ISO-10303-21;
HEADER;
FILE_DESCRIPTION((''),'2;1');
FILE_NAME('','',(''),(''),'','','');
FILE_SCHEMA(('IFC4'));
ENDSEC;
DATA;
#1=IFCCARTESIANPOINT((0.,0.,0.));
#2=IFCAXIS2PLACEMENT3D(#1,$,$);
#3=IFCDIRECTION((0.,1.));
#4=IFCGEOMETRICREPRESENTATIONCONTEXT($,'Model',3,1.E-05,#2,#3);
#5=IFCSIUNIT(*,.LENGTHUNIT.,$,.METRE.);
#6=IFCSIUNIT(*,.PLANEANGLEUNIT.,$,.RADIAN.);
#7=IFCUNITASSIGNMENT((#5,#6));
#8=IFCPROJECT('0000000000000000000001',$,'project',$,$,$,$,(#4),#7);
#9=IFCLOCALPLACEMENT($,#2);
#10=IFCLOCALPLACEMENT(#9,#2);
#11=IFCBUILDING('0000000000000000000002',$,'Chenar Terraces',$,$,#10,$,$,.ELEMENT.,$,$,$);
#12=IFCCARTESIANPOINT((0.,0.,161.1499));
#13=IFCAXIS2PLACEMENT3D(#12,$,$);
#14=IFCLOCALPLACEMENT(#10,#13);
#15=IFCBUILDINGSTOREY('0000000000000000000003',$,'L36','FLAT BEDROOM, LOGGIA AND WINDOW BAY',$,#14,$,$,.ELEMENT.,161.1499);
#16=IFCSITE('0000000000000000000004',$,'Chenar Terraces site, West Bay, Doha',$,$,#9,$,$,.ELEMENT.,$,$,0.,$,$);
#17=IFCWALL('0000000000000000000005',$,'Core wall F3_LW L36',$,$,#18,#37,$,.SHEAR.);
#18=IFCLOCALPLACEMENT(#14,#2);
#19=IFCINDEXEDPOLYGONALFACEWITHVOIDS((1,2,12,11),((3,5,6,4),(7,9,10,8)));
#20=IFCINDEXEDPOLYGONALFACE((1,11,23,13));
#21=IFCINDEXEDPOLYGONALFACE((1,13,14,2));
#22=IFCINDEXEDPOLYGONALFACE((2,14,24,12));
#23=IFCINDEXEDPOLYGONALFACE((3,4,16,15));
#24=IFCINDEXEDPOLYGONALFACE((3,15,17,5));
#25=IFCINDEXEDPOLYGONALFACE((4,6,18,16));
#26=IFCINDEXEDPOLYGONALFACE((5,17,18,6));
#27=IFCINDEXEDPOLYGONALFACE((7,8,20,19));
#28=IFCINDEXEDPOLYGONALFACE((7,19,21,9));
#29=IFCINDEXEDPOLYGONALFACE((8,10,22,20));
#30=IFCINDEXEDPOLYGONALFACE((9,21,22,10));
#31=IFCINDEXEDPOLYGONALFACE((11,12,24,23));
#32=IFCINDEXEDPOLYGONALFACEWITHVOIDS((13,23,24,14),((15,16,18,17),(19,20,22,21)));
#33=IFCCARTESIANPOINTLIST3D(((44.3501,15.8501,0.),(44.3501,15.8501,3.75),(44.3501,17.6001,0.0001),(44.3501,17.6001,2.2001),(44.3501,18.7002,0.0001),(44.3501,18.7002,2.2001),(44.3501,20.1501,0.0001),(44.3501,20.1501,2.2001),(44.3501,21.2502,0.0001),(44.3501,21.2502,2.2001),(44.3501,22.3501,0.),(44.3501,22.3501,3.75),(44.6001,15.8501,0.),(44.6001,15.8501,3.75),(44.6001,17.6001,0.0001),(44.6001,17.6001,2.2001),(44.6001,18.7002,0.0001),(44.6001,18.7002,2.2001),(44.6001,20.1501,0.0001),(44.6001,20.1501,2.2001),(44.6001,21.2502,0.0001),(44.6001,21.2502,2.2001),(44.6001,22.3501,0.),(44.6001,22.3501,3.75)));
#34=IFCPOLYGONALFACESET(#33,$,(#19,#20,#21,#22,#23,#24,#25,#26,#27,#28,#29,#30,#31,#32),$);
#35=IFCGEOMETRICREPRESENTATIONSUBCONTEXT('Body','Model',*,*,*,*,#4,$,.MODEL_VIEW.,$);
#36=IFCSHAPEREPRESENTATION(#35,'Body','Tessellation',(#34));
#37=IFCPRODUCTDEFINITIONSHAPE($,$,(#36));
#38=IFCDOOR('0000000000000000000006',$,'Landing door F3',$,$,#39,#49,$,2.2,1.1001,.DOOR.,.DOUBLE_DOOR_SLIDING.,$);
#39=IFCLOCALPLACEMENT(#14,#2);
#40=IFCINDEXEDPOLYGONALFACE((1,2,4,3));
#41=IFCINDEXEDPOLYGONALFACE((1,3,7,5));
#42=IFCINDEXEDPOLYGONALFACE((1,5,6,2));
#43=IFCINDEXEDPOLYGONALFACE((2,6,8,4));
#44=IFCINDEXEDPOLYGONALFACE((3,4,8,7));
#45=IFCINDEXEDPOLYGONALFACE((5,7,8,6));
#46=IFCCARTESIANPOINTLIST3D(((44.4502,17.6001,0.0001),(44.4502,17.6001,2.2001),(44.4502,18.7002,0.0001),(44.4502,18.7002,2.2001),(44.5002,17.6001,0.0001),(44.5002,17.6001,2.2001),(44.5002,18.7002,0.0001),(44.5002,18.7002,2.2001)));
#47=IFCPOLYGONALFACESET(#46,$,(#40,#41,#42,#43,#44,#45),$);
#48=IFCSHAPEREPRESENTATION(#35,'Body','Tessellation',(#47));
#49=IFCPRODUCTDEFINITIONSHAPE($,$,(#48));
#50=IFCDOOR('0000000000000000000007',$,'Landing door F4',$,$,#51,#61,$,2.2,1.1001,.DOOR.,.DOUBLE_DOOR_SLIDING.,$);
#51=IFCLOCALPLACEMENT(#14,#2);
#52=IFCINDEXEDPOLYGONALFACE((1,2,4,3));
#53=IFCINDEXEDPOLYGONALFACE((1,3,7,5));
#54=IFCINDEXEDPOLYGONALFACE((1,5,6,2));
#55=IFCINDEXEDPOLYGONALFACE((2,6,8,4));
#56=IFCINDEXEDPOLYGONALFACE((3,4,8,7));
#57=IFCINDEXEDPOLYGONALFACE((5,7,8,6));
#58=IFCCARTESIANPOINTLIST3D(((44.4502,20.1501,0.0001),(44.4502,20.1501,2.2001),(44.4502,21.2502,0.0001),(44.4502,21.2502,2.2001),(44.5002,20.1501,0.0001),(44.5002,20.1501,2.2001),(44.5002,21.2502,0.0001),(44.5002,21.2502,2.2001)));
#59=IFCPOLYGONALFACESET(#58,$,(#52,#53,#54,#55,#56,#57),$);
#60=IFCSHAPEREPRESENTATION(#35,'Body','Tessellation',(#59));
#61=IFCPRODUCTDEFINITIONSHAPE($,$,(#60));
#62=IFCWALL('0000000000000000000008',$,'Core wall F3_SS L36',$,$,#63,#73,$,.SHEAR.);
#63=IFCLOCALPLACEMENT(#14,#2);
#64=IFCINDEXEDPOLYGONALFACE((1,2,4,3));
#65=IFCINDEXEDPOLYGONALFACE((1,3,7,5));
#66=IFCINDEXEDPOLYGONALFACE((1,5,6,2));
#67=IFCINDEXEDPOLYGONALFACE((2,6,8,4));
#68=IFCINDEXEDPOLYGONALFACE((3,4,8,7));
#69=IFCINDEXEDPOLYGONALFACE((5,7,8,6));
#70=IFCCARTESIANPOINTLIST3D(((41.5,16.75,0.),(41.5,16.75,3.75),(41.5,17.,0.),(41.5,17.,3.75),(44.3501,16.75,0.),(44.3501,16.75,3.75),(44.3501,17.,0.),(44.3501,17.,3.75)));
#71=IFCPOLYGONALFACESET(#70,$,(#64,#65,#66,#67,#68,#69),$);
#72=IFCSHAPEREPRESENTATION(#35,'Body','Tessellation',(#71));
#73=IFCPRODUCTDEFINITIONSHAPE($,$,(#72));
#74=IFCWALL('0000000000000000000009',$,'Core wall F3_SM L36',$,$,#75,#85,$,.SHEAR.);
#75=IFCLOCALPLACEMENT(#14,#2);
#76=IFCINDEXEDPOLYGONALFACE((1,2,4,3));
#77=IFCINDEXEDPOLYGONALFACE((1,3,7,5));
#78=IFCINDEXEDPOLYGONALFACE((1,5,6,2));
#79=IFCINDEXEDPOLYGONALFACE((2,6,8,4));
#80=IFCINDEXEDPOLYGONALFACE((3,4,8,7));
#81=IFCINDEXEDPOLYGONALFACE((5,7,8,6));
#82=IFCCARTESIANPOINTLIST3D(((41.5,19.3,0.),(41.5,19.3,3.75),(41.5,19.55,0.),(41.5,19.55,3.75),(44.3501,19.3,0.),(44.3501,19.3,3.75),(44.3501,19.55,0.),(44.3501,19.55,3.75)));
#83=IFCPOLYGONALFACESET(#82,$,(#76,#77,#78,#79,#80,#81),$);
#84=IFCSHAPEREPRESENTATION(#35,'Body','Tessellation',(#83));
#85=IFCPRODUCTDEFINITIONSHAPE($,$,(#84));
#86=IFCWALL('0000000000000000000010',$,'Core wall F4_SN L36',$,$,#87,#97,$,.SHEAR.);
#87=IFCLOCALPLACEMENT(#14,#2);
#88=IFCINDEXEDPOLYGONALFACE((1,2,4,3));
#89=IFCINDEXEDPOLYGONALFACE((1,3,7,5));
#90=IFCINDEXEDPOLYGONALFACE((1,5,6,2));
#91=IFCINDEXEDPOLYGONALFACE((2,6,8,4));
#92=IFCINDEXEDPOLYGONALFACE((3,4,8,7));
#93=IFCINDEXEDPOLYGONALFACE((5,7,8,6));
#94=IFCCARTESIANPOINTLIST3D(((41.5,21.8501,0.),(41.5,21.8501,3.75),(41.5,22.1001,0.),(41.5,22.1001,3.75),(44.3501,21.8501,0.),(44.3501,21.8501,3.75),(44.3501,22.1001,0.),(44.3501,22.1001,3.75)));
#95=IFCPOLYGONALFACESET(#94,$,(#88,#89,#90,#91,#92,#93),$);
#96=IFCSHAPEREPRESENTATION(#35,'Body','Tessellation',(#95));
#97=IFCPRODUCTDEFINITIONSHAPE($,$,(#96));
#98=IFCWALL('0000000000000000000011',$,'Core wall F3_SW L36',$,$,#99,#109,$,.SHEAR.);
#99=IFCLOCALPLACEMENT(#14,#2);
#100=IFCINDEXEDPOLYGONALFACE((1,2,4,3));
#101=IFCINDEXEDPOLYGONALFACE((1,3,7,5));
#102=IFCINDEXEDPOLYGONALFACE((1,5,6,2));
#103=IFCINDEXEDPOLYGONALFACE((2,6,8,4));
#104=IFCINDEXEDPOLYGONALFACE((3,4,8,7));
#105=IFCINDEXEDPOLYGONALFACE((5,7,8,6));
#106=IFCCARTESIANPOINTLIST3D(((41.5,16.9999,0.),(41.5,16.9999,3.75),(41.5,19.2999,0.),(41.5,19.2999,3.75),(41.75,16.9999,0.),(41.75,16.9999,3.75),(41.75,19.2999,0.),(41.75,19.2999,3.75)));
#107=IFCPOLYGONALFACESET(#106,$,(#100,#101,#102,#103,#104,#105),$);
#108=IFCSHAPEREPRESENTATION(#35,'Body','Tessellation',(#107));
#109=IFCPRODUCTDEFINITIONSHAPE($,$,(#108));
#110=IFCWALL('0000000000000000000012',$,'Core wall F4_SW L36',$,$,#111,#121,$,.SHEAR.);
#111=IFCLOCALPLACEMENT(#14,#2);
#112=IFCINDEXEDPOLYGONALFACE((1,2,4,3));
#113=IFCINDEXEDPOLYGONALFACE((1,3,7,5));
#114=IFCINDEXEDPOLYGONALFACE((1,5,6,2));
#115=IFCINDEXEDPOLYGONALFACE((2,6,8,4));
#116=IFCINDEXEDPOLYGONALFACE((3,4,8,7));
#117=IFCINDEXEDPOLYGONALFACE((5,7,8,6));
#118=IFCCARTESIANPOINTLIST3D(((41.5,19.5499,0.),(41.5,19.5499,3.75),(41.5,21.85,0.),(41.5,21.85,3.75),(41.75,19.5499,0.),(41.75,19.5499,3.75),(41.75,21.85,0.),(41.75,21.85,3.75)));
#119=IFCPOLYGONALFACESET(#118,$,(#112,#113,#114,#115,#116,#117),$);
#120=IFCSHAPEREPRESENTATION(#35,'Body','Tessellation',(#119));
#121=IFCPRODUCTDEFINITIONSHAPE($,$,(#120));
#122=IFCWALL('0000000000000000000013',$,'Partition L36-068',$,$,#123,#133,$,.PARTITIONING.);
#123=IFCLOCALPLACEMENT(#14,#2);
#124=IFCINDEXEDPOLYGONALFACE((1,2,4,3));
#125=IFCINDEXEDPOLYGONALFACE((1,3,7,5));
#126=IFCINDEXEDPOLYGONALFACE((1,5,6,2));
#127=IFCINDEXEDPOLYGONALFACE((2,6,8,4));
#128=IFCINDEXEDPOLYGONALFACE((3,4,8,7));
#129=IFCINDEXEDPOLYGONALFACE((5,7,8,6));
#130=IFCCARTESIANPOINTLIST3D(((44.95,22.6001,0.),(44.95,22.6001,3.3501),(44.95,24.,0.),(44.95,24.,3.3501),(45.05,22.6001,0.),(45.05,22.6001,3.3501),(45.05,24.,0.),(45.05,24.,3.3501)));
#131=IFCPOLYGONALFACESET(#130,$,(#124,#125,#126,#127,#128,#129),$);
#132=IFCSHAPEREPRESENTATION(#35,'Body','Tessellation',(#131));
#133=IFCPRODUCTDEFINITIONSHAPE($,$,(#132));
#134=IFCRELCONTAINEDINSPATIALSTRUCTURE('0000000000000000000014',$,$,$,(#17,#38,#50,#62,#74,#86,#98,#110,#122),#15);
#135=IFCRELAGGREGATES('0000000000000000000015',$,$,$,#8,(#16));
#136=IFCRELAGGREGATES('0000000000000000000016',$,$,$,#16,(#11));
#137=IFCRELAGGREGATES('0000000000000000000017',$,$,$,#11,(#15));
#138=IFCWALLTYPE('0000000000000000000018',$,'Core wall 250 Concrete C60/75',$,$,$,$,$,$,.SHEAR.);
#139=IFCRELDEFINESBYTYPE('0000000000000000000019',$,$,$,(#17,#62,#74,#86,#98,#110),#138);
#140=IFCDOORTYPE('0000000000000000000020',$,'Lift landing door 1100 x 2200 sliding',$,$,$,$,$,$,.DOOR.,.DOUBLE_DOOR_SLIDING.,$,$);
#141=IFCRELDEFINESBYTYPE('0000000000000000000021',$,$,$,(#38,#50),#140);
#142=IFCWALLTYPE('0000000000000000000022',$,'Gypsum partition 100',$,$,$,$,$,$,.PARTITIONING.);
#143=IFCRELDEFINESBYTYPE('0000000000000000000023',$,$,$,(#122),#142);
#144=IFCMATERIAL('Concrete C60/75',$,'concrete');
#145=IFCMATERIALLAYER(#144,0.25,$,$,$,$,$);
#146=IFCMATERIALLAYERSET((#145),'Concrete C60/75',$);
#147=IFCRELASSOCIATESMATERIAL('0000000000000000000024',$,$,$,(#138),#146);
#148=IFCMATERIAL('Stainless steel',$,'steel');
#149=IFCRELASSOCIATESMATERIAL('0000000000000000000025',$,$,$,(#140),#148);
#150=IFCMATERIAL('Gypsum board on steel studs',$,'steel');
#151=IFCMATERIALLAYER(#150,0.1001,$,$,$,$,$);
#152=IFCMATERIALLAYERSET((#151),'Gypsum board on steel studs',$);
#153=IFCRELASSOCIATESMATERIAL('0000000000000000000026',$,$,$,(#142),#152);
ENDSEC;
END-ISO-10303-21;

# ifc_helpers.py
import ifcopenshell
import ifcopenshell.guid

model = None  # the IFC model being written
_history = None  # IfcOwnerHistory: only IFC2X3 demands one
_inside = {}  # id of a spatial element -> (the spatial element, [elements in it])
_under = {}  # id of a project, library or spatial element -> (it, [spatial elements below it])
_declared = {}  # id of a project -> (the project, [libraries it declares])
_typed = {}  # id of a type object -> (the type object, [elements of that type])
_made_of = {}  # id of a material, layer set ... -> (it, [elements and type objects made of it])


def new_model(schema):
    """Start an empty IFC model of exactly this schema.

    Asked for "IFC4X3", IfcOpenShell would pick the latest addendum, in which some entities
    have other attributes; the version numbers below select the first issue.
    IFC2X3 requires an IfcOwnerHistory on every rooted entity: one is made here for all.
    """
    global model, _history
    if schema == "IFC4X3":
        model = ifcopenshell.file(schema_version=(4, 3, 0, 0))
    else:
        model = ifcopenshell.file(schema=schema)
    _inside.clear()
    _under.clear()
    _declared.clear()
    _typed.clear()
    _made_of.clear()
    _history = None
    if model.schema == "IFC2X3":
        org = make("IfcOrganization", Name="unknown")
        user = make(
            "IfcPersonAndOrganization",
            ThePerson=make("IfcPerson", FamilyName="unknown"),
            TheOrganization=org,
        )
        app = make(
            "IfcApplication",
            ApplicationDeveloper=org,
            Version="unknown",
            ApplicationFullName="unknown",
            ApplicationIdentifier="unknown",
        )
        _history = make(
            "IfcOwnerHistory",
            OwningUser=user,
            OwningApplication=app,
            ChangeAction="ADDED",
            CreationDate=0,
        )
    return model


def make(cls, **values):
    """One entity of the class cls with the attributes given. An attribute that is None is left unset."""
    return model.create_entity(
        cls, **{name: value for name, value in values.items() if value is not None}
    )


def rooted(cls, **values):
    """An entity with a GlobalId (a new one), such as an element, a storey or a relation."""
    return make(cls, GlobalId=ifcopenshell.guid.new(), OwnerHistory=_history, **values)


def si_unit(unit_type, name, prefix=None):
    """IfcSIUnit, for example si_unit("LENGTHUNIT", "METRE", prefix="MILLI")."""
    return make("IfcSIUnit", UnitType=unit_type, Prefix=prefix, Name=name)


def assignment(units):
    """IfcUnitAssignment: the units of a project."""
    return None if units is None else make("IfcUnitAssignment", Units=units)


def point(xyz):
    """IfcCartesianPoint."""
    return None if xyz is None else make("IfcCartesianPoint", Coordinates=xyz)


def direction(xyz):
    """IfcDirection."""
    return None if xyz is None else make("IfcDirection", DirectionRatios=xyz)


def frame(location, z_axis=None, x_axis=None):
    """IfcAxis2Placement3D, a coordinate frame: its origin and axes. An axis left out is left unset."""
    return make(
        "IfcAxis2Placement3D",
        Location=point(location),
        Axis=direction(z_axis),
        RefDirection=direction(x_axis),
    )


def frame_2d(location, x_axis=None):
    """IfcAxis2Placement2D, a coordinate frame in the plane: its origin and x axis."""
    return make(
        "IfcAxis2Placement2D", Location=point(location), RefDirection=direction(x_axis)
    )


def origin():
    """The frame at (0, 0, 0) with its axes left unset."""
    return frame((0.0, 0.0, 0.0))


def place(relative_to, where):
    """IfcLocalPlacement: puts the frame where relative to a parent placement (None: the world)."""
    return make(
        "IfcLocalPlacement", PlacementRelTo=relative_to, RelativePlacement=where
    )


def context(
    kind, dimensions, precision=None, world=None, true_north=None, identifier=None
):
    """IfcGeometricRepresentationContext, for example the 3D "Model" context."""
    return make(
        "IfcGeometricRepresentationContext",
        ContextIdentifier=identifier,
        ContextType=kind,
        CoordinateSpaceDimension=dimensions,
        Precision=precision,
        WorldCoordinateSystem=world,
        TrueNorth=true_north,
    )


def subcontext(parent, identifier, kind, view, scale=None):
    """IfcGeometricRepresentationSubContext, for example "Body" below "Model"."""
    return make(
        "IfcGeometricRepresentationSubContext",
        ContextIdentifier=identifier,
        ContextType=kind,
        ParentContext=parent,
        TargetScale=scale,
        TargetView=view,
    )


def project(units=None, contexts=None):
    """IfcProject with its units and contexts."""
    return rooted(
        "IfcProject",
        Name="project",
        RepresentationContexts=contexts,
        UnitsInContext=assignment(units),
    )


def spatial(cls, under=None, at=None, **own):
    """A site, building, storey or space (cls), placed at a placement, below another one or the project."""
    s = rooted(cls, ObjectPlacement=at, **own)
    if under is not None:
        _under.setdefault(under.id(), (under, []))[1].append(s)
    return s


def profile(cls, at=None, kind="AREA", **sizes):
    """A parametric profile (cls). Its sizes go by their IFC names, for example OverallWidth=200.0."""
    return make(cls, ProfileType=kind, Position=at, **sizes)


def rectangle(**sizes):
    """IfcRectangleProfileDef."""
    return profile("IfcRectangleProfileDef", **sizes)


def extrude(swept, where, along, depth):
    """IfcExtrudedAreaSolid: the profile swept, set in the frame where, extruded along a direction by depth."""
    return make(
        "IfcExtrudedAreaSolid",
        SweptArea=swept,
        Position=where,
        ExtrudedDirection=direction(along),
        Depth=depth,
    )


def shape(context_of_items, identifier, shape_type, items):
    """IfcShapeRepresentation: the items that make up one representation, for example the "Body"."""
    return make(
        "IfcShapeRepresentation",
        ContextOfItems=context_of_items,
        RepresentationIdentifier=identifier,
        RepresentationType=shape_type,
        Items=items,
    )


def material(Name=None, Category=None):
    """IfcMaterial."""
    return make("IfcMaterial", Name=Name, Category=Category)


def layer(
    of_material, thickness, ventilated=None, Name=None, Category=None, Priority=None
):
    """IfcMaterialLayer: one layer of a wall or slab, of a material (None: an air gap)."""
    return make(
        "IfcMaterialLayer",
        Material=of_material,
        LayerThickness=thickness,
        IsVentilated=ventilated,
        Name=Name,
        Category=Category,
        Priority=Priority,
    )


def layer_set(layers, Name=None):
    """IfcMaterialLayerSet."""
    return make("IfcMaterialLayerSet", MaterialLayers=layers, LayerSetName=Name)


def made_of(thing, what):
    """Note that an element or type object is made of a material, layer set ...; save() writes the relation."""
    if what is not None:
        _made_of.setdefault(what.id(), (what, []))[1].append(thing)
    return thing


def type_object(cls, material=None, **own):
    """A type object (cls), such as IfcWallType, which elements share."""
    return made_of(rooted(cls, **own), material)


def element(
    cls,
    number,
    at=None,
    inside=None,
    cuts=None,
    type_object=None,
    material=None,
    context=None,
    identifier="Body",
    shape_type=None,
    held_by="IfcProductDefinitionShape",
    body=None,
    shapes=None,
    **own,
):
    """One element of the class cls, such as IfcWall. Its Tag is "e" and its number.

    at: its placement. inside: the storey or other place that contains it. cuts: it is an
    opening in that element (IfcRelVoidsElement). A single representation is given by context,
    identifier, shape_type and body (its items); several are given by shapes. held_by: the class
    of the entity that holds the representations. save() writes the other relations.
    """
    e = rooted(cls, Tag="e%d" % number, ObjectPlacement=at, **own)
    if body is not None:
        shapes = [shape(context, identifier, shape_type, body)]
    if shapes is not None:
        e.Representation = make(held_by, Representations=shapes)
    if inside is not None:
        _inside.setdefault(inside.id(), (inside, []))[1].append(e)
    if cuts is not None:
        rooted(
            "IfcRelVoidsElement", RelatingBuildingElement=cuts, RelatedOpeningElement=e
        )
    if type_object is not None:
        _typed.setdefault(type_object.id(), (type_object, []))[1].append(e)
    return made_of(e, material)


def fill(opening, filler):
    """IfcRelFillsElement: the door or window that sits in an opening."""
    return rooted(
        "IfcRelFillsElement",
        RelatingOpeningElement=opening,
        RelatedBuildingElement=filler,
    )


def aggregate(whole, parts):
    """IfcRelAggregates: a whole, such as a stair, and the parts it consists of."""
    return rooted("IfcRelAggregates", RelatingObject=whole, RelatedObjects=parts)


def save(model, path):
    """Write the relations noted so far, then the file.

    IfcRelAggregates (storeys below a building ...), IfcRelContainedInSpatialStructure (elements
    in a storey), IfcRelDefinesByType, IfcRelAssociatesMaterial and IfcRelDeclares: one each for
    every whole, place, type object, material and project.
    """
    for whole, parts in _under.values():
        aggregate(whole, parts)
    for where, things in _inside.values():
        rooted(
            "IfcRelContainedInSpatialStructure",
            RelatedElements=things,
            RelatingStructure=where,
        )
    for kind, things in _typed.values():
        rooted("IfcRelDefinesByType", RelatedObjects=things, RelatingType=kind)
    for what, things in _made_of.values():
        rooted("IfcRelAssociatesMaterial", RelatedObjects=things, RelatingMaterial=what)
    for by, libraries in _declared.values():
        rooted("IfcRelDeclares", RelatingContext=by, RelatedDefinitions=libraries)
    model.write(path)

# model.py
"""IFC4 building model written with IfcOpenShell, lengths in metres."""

from ifc_helpers import new_model, si_unit, direction, frame, frame_2d, origin, place, context, subcontext, project, spatial, rectangle, extrude, material, layer, layer_set, type_object, element, fill, save


model = new_model("IFC4")

# Units and contexts
model_context = context("Model", 3, precision=1e-05, world=origin(), true_north=direction((0.0, 1.0)))
body_context = subcontext(model_context, "Body", "Model", "MODEL_VIEW")
ifc_project = project(units=[si_unit("LENGTHUNIT", "METRE"), si_unit("PLANEANGLEUNIT", "RADIAN")], contexts=[model_context])

# Site, building, storey
site_placement = place(None, origin())
site = spatial("IfcSite", under=ifc_project, at=site_placement, Name="Chenar Terraces site, West Bay, Doha", CompositionType="ELEMENT", RefElevation=0.0)
building_placement = place(site_placement, origin())
building = spatial("IfcBuilding", under=site, at=building_placement, Name="Chenar Terraces", CompositionType="ELEMENT")
storey_placement = place(building_placement, frame((0.0, 0.0, 161.1499)))
storey = spatial("IfcBuildingStorey", under=building, at=storey_placement, Name="L36", Description="FLAT BEDROOM, LOGGIA AND WINDOW BAY", CompositionType="ELEMENT", Elevation=161.1499)

# Shared definitions
ifc_material_1 = material(Name="Concrete C60/75", Category="concrete")
ifc_layer_1 = layer(ifc_material_1, 0.25)
ifc_layer_set_1 = layer_set([ifc_layer_1], Name="Concrete C60/75")
wall_type_1 = type_object("IfcWallType", Name="Core wall 250 Concrete C60/75", PredefinedType="SHEAR", material=ifc_layer_set_1)

# Wall, openings, doors
wall_1_placement = place(storey_placement, frame((44.4751, 15.8501, 0.0), z_axis=(0.0, 0.0, 1.0), x_axis=(0.0, 1.0, 0.0)))
wall_1 = element("IfcWall", 1, at=wall_1_placement, inside=storey, type_object=wall_type_1, Name="Core wall F3_LW L36", PredefinedType="SHEAR", context=body_context, shape_type="SweptSolid", body=[
    extrude(rectangle(XDim=6.5, YDim=0.25, at=frame_2d((3.25, 0.0))), origin(), (0.0, 0.0, 1.0), 3.75),
])
opening_1_placement = place(wall_1_placement, frame((1.75, 0.0, 0.0)))
opening_1 = element("IfcOpeningElement", 2, at=opening_1_placement, cuts=wall_1, PredefinedType="OPENING", context=body_context, shape_type="SweptSolid", body=[
    extrude(rectangle(XDim=1.1001, YDim=2.2, at=frame_2d((0.55, 1.1001))), frame((0.0, 0.135, 0.0), z_axis=(0.0, -1.0, 0.0), x_axis=(1.0, 0.0, 0.0)), (0.0, 0.0, 1.0), 0.27),
])
opening_2_placement = place(wall_1_placement, frame((4.3, 0.0, 0.0)))
opening_2 = element("IfcOpeningElement", 3, at=opening_2_placement, cuts=wall_1, PredefinedType="OPENING", context=body_context, shape_type="SweptSolid", body=[
    extrude(rectangle(XDim=1.1001, YDim=2.2, at=frame_2d((0.55, 1.1001))), frame((0.0, 0.135, 0.0), z_axis=(0.0, -1.0, 0.0), x_axis=(1.0, 0.0, 0.0)), (0.0, 0.0, 1.0), 0.27),
])
ifc_material_2 = material(Name="Stainless steel", Category="steel")
door_type_1 = type_object("IfcDoorType", Name="Lift landing door 1100 x 2200 sliding", OperationType="DOUBLE_DOOR_SLIDING", PredefinedType="DOOR", material=ifc_material_2)
door_1_placement = place(opening_1_placement, origin())
door_1 = element("IfcDoor", 4, at=door_1_placement, inside=storey, type_object=door_type_1, Name="Landing door F3", OperationType="DOUBLE_DOOR_SLIDING", OverallHeight=2.2, OverallWidth=1.1001, PredefinedType="DOOR", context=body_context, shape_type="SweptSolid", body=[
    extrude(rectangle(XDim=1.1001, YDim=2.2, at=frame_2d((0.55, 1.1001))), frame((0.0, 0.0249, 0.0), z_axis=(0.0, -1.0, 0.0), x_axis=(1.0, 0.0, 0.0)), (0.0, 0.0, 1.0), 0.05),
])
fill(opening_1, door_1)
door_2_placement = place(opening_2_placement, origin())
door_2 = element("IfcDoor", 5, at=door_2_placement, inside=storey, type_object=door_type_1, Name="Landing door F4", OperationType="DOUBLE_DOOR_SLIDING", OverallHeight=2.2, OverallWidth=1.1001, PredefinedType="DOOR", context=body_context, shape_type="SweptSolid", body=[
    extrude(rectangle(XDim=1.1001, YDim=2.2, at=frame_2d((0.55, 1.1001))), frame((0.0, 0.0249, 0.0), z_axis=(0.0, -1.0, 0.0), x_axis=(1.0, 0.0, 0.0)), (0.0, 0.0, 1.0), 0.05),
])
fill(opening_2, door_2)

# Walls
for number, where, z_axis, x_axis, name in (
    (6, (41.5, 16.875, 0.0), (0.0, 0.0, 1.0), (1.0, 0.0, 0.0), "Core wall F3_SS L36"),
    (7, (41.5, 19.425, 0.0), (0.0, 0.0, 1.0), (1.0, 0.0, 0.0), "Core wall F3_SM L36"),
    (8, (41.5, 21.9751, 0.0), (0.0, 0.0, 1.0), (1.0, 0.0, 0.0), "Core wall F4_SN L36"),
):
    element("IfcWall", number, at=place(storey_placement, frame(where, z_axis=z_axis, x_axis=x_axis)), inside=storey, type_object=wall_type_1, Name=name, PredefinedType="SHEAR", context=body_context, shape_type="SweptSolid", body=[
        extrude(rectangle(XDim=2.8501, YDim=0.25, at=frame_2d((1.425, 0.0))), origin(), (0.0, 0.0, 1.0), 3.75),
    ])
for number, where, z_axis, x_axis, name in (
    (9, (41.625, 17.0, 0.0), (0.0, 0.0, 1.0), (0.0, 1.0, 0.0), "Core wall F3_SW L36"),
    (10, (41.625, 19.55, 0.0), (0.0, 0.0, 1.0), (0.0, 1.0, 0.0), "Core wall F4_SW L36"),
):
    element("IfcWall", number, at=place(storey_placement, frame(where, z_axis=z_axis, x_axis=x_axis)), inside=storey, type_object=wall_type_1, Name=name, PredefinedType="SHEAR", context=body_context, shape_type="SweptSolid", body=[
        extrude(rectangle(XDim=2.3, YDim=0.25, at=frame_2d((1.1499, 0.0))), origin(), (0.0, 0.0, 1.0), 3.75),
    ])
ifc_material_3 = material(Name="Gypsum board on steel studs", Category="steel")
ifc_layer_2 = layer(ifc_material_3, 0.1001)
ifc_layer_set_2 = layer_set([ifc_layer_2], Name="Gypsum board on steel studs")
wall_type_2 = type_object("IfcWallType", Name="Gypsum partition 100", PredefinedType="PARTITIONING", material=ifc_layer_set_2)
wall_2_placement = place(storey_placement, frame((45.0, 22.6001, 0.0), z_axis=(0.0, 0.0, 1.0), x_axis=(0.0, 1.0, 0.0)))
element("IfcWall", 11, at=wall_2_placement, inside=storey, type_object=wall_type_2, Name="Partition L36-068", PredefinedType="PARTITIONING", context=body_context, shape_type="SweptSolid", body=[
    extrude(rectangle(XDim=1.3999, YDim=0.1001, at=frame_2d((0.7, 0.0))), origin(), (0.0, 0.0, 1.0), 3.3501),
])

save(model, "model.ifc")
